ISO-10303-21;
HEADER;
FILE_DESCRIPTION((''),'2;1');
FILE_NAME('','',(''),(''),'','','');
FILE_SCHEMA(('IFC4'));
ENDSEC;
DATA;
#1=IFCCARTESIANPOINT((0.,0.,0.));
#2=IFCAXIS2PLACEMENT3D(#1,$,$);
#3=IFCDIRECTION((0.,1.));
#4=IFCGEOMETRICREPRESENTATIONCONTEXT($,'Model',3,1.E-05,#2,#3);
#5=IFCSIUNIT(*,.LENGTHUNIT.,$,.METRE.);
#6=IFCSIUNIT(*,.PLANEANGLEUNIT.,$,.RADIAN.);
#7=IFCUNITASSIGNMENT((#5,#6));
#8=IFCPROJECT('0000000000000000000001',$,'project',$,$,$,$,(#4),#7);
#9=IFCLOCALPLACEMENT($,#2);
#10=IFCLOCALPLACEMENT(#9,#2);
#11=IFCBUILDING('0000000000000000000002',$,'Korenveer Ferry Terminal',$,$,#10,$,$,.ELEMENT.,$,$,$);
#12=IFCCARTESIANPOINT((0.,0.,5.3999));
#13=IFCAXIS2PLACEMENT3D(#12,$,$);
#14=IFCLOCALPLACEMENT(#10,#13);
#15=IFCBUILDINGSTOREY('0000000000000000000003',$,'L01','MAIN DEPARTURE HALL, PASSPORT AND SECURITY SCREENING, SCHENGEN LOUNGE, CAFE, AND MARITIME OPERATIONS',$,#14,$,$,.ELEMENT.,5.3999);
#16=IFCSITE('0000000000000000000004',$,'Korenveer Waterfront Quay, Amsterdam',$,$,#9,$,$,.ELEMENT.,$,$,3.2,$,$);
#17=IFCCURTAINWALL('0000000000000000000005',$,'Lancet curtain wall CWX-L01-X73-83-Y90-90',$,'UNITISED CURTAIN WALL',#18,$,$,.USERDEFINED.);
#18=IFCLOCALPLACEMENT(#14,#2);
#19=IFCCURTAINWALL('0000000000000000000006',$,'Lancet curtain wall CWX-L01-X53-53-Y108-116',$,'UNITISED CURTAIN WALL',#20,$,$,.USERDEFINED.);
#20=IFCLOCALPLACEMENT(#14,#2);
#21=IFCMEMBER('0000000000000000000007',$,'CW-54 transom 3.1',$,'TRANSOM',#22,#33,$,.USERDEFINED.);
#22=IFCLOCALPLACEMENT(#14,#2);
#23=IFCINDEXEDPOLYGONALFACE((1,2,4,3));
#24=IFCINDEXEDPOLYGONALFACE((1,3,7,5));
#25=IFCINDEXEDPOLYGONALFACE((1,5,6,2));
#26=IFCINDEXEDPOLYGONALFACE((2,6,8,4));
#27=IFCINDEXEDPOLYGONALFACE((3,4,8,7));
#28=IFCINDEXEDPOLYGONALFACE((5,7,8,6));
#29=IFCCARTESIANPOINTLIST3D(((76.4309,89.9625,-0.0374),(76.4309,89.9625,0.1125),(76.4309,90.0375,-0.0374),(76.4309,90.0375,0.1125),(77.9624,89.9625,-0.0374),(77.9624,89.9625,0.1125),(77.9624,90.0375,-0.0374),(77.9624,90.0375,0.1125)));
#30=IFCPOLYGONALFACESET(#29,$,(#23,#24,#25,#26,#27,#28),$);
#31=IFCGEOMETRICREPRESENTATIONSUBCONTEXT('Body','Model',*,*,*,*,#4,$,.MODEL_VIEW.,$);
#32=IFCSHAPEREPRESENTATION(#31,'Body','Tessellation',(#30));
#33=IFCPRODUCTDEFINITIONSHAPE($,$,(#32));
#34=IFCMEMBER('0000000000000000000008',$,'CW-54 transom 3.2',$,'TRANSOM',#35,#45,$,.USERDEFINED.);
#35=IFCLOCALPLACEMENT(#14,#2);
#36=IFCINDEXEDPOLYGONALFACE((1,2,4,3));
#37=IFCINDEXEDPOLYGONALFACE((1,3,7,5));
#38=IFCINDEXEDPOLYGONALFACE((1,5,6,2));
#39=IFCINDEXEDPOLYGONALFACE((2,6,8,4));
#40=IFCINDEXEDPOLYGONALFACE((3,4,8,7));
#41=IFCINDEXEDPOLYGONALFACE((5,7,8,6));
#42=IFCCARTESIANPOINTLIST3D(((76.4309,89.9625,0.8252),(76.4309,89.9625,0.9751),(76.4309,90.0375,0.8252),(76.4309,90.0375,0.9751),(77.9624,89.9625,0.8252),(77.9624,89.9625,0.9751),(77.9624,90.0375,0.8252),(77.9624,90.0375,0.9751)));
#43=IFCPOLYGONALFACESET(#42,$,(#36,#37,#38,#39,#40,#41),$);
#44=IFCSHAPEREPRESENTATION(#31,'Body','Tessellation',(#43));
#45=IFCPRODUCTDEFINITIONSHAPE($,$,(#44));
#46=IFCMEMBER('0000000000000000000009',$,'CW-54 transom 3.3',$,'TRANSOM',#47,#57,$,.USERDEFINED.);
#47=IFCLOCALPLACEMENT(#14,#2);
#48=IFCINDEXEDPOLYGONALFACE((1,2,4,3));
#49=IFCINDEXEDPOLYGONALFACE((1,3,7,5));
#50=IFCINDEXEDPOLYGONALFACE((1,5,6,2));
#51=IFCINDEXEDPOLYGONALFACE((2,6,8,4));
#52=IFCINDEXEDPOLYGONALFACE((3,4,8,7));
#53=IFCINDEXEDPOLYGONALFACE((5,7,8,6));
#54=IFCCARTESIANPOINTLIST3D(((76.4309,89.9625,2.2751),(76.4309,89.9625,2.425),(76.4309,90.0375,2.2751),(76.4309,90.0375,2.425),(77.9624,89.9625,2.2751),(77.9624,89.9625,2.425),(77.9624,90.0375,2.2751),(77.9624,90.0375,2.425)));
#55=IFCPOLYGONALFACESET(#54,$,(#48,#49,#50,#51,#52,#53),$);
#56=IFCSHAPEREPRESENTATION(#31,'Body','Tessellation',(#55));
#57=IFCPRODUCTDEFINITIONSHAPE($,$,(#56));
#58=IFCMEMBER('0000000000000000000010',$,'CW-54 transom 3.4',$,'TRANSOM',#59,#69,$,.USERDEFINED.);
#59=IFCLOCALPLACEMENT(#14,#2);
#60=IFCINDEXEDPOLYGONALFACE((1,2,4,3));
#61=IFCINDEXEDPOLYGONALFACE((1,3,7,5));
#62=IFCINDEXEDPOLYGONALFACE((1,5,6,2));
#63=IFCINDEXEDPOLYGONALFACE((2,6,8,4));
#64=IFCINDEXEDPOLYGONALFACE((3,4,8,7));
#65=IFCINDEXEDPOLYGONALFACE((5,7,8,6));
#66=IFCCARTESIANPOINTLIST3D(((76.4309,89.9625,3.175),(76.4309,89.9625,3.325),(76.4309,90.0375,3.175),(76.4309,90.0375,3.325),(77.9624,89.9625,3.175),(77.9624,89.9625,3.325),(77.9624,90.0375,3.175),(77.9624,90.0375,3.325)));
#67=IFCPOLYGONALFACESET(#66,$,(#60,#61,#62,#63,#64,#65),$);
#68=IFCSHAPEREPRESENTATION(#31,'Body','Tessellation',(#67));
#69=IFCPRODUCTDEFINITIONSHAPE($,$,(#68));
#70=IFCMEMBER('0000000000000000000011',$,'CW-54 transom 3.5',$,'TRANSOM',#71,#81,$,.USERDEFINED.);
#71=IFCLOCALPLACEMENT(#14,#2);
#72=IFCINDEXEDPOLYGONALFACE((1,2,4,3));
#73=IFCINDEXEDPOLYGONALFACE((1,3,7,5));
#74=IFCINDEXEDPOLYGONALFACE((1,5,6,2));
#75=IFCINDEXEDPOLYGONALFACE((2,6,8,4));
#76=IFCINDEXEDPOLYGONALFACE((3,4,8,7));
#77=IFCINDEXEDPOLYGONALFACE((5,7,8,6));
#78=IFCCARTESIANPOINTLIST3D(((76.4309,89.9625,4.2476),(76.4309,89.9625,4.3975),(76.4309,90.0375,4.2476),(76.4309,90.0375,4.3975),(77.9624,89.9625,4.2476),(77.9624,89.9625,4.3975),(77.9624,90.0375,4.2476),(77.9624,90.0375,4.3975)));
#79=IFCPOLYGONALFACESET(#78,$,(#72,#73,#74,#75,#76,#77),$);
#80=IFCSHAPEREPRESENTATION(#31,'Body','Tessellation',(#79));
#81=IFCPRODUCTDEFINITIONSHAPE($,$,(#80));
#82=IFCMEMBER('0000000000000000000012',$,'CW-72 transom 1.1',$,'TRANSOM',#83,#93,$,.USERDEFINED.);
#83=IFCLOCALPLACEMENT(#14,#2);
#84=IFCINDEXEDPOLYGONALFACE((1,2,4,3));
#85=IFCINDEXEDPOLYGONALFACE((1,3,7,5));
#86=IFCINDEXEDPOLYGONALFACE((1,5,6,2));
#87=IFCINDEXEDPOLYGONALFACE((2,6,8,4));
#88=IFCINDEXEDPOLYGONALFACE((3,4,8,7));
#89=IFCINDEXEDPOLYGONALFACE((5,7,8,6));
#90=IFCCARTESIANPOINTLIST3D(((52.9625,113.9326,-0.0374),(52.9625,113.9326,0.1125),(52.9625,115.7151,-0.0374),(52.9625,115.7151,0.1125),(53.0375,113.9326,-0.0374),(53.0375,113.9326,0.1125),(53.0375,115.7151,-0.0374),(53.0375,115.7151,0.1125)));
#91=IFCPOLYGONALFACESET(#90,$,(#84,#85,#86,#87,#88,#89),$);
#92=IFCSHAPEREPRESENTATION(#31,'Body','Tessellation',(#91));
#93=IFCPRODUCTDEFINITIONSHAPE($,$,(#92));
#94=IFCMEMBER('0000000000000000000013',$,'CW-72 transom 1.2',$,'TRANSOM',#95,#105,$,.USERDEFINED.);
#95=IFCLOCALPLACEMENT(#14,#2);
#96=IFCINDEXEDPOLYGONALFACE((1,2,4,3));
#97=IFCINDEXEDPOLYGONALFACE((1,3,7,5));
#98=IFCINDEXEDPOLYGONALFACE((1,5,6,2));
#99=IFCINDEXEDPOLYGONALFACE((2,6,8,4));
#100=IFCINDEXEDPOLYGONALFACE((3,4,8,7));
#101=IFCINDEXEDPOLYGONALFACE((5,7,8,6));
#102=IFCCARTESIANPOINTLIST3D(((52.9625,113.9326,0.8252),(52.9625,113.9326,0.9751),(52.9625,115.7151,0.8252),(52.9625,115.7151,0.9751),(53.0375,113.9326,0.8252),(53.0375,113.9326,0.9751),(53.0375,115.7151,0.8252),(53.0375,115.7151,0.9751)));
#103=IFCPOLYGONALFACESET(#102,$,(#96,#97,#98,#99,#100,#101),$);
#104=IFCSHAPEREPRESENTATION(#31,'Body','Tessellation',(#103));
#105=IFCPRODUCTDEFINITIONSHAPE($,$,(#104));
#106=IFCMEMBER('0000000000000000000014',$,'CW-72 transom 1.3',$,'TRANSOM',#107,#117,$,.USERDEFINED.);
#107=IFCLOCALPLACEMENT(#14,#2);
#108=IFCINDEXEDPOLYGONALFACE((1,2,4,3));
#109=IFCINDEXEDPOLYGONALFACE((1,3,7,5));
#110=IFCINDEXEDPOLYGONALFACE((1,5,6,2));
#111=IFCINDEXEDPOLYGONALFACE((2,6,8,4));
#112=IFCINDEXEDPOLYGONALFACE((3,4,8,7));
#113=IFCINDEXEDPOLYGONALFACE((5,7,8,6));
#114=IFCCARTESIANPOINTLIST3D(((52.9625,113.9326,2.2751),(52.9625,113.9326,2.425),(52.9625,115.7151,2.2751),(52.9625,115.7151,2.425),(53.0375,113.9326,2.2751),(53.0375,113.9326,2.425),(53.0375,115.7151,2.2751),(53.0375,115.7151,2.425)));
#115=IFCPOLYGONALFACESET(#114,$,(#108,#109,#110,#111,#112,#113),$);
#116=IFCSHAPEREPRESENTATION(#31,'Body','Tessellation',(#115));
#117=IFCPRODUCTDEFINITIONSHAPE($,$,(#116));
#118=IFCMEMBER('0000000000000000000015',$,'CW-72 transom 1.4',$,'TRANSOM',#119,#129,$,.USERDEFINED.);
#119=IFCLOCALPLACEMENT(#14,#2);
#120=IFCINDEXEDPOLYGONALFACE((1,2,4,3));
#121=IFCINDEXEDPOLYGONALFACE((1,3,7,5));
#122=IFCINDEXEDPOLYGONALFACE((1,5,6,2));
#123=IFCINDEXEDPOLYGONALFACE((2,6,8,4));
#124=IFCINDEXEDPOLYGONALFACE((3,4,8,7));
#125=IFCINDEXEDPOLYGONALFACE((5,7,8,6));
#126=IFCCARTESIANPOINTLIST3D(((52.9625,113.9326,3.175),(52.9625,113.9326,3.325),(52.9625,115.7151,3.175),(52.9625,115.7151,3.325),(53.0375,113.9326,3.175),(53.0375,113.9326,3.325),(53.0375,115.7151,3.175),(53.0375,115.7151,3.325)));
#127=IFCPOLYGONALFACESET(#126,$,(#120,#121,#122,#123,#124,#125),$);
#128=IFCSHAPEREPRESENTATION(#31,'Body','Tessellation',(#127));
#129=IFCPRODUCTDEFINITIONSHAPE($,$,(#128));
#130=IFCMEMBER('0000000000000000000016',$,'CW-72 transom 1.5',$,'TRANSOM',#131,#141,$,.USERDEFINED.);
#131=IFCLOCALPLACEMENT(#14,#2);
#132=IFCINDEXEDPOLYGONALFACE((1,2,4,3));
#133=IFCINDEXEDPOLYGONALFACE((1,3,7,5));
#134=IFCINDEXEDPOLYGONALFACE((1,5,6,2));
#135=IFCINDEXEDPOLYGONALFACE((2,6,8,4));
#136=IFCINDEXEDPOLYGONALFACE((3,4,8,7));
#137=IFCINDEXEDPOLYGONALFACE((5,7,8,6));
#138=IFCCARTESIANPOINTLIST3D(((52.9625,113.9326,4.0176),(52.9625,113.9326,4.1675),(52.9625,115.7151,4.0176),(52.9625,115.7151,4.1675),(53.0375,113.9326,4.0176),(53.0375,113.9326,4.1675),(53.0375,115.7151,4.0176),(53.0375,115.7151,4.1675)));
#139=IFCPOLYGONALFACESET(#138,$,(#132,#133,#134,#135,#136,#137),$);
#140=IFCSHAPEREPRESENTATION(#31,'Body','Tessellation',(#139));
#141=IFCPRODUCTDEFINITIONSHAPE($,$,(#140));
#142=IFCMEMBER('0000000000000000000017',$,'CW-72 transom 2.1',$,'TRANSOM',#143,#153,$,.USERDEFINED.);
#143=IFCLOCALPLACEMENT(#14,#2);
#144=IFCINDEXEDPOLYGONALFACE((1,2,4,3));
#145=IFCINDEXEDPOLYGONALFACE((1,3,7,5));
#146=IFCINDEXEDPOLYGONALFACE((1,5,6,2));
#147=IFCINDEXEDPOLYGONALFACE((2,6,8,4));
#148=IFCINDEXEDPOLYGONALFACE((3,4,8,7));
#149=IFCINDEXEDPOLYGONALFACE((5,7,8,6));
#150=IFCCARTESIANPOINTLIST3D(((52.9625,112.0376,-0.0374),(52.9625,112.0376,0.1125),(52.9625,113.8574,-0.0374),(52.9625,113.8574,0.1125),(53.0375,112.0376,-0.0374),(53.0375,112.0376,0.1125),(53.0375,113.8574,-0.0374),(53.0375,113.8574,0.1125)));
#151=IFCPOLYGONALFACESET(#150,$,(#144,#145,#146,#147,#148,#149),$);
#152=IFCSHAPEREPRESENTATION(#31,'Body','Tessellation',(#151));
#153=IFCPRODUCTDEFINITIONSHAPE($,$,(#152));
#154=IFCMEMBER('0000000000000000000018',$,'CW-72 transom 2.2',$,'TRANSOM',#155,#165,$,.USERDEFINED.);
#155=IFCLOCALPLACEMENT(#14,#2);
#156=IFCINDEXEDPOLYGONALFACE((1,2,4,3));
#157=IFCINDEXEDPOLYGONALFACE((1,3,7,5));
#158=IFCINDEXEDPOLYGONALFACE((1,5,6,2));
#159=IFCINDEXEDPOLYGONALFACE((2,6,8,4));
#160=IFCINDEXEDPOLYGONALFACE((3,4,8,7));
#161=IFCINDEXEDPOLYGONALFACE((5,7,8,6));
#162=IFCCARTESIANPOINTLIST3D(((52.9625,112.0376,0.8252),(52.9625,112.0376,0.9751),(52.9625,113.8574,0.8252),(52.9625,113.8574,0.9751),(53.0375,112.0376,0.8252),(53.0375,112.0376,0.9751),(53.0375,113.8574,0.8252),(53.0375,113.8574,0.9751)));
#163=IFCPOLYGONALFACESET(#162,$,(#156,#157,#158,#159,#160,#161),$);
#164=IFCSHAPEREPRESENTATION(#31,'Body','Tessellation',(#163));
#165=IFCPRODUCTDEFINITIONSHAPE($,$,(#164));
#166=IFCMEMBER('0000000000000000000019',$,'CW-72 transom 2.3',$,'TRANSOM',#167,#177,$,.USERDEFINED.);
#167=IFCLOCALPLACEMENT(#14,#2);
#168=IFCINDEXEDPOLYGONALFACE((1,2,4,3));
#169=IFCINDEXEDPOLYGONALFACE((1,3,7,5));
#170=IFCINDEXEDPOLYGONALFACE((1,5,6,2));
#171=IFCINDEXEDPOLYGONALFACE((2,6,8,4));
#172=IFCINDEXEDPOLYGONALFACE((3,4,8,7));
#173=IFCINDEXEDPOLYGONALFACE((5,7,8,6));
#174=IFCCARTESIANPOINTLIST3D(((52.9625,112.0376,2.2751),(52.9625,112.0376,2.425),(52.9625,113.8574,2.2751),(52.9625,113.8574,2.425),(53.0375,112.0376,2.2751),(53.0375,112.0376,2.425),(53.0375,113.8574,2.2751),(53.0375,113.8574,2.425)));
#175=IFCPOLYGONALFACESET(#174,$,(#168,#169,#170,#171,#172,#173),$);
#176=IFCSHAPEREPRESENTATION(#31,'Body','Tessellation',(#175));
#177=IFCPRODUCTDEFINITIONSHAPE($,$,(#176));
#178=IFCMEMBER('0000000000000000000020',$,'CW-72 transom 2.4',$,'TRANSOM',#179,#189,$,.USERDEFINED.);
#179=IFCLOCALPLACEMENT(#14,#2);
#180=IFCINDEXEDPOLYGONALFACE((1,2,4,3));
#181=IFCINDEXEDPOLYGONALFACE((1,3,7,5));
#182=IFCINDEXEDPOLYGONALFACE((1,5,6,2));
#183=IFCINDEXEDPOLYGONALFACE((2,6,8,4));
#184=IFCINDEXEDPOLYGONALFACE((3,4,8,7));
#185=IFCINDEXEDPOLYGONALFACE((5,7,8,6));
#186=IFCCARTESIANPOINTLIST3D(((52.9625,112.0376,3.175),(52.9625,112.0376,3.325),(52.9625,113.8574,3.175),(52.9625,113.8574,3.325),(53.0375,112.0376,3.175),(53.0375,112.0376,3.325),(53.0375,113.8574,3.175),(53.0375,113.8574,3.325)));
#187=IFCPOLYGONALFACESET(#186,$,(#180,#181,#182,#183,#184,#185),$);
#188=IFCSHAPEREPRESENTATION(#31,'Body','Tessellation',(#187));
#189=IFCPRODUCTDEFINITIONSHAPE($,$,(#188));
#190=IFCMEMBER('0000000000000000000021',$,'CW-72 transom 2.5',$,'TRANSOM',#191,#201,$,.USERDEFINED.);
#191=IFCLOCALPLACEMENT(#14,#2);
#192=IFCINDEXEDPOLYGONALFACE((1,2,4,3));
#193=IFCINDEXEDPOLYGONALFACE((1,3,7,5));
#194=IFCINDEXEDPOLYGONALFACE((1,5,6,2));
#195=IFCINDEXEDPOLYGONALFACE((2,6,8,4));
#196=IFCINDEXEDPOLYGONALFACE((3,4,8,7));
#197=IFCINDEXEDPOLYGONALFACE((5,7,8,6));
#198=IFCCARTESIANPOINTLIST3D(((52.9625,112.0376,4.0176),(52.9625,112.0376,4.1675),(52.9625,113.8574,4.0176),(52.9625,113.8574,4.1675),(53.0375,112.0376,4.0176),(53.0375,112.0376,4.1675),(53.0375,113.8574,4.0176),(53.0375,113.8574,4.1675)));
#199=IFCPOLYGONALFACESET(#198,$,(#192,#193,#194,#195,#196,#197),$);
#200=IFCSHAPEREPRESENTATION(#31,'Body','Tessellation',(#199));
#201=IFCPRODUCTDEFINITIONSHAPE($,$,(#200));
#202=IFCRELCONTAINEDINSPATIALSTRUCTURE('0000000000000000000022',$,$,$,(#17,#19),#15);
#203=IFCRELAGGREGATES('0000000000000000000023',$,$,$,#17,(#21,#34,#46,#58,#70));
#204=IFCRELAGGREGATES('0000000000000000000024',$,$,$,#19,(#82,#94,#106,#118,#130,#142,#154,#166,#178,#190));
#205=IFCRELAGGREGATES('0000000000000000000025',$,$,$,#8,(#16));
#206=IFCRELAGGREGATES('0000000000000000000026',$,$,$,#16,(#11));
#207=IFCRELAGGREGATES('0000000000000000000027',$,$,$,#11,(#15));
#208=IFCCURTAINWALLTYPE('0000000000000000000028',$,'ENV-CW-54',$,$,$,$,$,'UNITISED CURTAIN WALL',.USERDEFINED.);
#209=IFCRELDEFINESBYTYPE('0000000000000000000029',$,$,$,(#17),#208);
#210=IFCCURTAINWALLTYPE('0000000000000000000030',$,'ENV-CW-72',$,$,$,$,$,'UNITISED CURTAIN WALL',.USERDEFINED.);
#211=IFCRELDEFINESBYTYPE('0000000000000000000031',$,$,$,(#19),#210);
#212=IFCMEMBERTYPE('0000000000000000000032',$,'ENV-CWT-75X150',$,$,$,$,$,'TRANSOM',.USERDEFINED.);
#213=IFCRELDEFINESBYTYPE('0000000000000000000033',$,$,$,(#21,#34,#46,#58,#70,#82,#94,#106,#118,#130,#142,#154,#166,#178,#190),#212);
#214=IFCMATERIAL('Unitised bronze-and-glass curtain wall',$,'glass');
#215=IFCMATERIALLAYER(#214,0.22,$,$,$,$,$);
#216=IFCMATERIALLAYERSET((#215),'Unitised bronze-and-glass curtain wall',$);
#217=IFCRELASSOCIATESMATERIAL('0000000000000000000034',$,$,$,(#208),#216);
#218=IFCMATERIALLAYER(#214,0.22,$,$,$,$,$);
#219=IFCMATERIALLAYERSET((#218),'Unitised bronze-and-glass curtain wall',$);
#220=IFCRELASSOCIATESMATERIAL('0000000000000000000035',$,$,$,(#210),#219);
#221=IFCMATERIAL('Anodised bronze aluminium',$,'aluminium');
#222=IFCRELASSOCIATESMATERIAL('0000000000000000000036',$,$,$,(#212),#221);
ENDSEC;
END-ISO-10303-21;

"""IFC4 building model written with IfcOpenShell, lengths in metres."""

from ifc_helpers import new_model, si_unit, direction, frame, origin, origin_2d, place, context, subcontext, project, spatial, rectangle, extrude, material, layer, layer_set, material_profile, profile_set, type_object, element, aggregate, save


model = new_model("IFC4")

# Units and contexts
model_context = context("Model", 3, precision=1e-05, world=origin(), true_north=direction((0.0, 1.0)))
body_context = subcontext(model_context, "Body", "Model", "MODEL_VIEW")
ifc_project = project(units=[si_unit("LENGTHUNIT", "METRE"), si_unit("PLANEANGLEUNIT", "RADIAN")], contexts=[model_context])

# Site, building, storey
site_placement = place(None, origin())
site = spatial("IfcSite", under=ifc_project, at=site_placement, Name="Korenveer Waterfront Quay, Amsterdam", CompositionType="ELEMENT", RefElevation=3.2)
building_placement = place(site_placement, origin())
building = spatial("IfcBuilding", under=site, at=building_placement, Name="Korenveer Ferry Terminal", CompositionType="ELEMENT")
storey_placement = place(building_placement, frame((0.0, 0.0, 5.3999)))
storey = spatial("IfcBuildingStorey", under=building, at=storey_placement, Name="L01", Description="MAIN DEPARTURE HALL, PASSPORT AND SECURITY SCREENING, SCHENGEN LOUNGE, CAFE, AND MARITIME OPERATIONS", CompositionType="ELEMENT", Elevation=5.3999)

# Curtain wall
ifc_material_1 = material(Name="Unitised bronze-and-glass curtain wall", Category="glass")
ifc_layer_1 = layer(ifc_material_1, 0.22)
ifc_layer_set_1 = layer_set([ifc_layer_1], Name="Unitised bronze-and-glass curtain wall")
curtain_wall_type_1 = type_object("IfcCurtainWallType", Name="ENV-CW-54", ElementType="UNITISED CURTAIN WALL", PredefinedType="USERDEFINED", material=ifc_layer_set_1)
curtain_wall_1_placement = place(storey_placement, frame((73.1799, 90.0, 0.0)))
curtain_wall_1 = element("IfcCurtainWall", 1, at=curtain_wall_1_placement, inside=storey, type_object=curtain_wall_type_1, Name="Lancet curtain wall CWX-L01-X73-83-Y90-90", ObjectType="UNITISED CURTAIN WALL", PredefinedType="USERDEFINED")
ifc_material_2 = material(Name="Anodised bronze aluminium", Category="aluminium")

# Curtain wall
ifc_layer_2 = layer(ifc_material_1, 0.22)
ifc_layer_set_2 = layer_set([ifc_layer_2], Name="Unitised bronze-and-glass curtain wall")
curtain_wall_type_2 = type_object("IfcCurtainWallType", Name="ENV-CW-72", ElementType="UNITISED CURTAIN WALL", PredefinedType="USERDEFINED", material=ifc_layer_set_2)
curtain_wall_2_placement = place(storey_placement, frame((53.0, 115.79, 0.0)))
curtain_wall_2 = element("IfcCurtainWall", 2, at=curtain_wall_2_placement, inside=storey, type_object=curtain_wall_type_2, Name="Lancet curtain wall CWX-L01-X53-53-Y108-116", ObjectType="UNITISED CURTAIN WALL", PredefinedType="USERDEFINED")

# Members
ifc_material_profile_1 = material_profile(ifc_material_2, rectangle(XDim=0.075, YDim=0.1499, at=origin_2d()), Name="ALU 75x150")
ifc_profile_set_1 = profile_set([ifc_material_profile_1], Name="Anodised bronze aluminium")
member_type_1 = type_object("IfcMemberType", Name="ENV-CWT-75X150", ElementType="TRANSOM", PredefinedType="USERDEFINED", material=ifc_profile_set_1)
member_1_placement = place(storey_placement, frame((76.4309, 90.0, 0.0376), z_axis=(1.0, 0.0, 0.0), x_axis=(0.0, 1.0, 0.0)))
member_1 = element("IfcMember", 3, at=member_1_placement, type_object=member_type_1, Name="CW-54 transom 3.1", ObjectType="TRANSOM", PredefinedType="USERDEFINED", context=body_context, shape_type="SweptSolid", body=[
    extrude(rectangle(XDim=0.075, YDim=0.1499, at=origin_2d()), origin(), (0.0, 0.0, 1.0), 1.5315),
])
member_2_placement = place(storey_placement, frame((76.4309, 90.0, 0.9001), z_axis=(1.0, 0.0, 0.0), x_axis=(0.0, 1.0, 0.0)))
member_2 = element("IfcMember", 4, at=member_2_placement, type_object=member_type_1, Name="CW-54 transom 3.2", ObjectType="TRANSOM", PredefinedType="USERDEFINED", context=body_context, shape_type="SweptSolid", body=[
    extrude(rectangle(XDim=0.075, YDim=0.1499, at=origin_2d()), origin(), (0.0, 0.0, 1.0), 1.5315),
])
member_3_placement = place(storey_placement, frame((76.4309, 90.0, 2.3501), z_axis=(1.0, 0.0, 0.0), x_axis=(0.0, 1.0, 0.0)))
member_3 = element("IfcMember", 5, at=member_3_placement, type_object=member_type_1, Name="CW-54 transom 3.3", ObjectType="TRANSOM", PredefinedType="USERDEFINED", context=body_context, shape_type="SweptSolid", body=[
    extrude(rectangle(XDim=0.075, YDim=0.1499, at=origin_2d()), origin(), (0.0, 0.0, 1.0), 1.5315),
])
member_4_placement = place(storey_placement, frame((76.4309, 90.0, 3.25), z_axis=(1.0, 0.0, 0.0), x_axis=(0.0, 1.0, 0.0)))
member_4 = element("IfcMember", 6, at=member_4_placement, type_object=member_type_1, Name="CW-54 transom 3.4", ObjectType="TRANSOM", PredefinedType="USERDEFINED", context=body_context, shape_type="SweptSolid", body=[
    extrude(rectangle(XDim=0.075, YDim=0.1499, at=origin_2d()), origin(), (0.0, 0.0, 1.0), 1.5315),
])
member_5_placement = place(storey_placement, frame((76.4309, 90.0, 4.3225), z_axis=(1.0, 0.0, 0.0), x_axis=(0.0, 1.0, 0.0)))
member_5 = element("IfcMember", 7, at=member_5_placement, type_object=member_type_1, Name="CW-54 transom 3.5", ObjectType="TRANSOM", PredefinedType="USERDEFINED", context=body_context, shape_type="SweptSolid", body=[
    extrude(rectangle(XDim=0.075, YDim=0.1499, at=origin_2d()), origin(), (0.0, 0.0, 1.0), 1.5315),
])
member_6_placement = place(storey_placement, frame((53.0, 115.7151, 0.0376), z_axis=(0.0, -1.0, 0.0), x_axis=(1.0, 0.0, 0.0)))
member_6 = element("IfcMember", 8, at=member_6_placement, type_object=member_type_1, Name="CW-72 transom 1.1", ObjectType="TRANSOM", PredefinedType="USERDEFINED", context=body_context, shape_type="SweptSolid", body=[
    extrude(rectangle(XDim=0.075, YDim=0.1499, at=origin_2d()), origin(), (0.0, 0.0, 1.0), 1.7825),
])
member_7_placement = place(storey_placement, frame((53.0, 115.7151, 0.9001), z_axis=(0.0, -1.0, 0.0), x_axis=(1.0, 0.0, 0.0)))
member_7 = element("IfcMember", 9, at=member_7_placement, type_object=member_type_1, Name="CW-72 transom 1.2", ObjectType="TRANSOM", PredefinedType="USERDEFINED", context=body_context, shape_type="SweptSolid", body=[
    extrude(rectangle(XDim=0.075, YDim=0.1499, at=origin_2d()), origin(), (0.0, 0.0, 1.0), 1.7825),
])
member_8_placement = place(storey_placement, frame((53.0, 115.7151, 2.3501), z_axis=(0.0, -1.0, 0.0), x_axis=(1.0, 0.0, 0.0)))
member_8 = element("IfcMember", 10, at=member_8_placement, type_object=member_type_1, Name="CW-72 transom 1.3", ObjectType="TRANSOM", PredefinedType="USERDEFINED", context=body_context, shape_type="SweptSolid", body=[
    extrude(rectangle(XDim=0.075, YDim=0.1499, at=origin_2d()), origin(), (0.0, 0.0, 1.0), 1.7825),
])
member_9_placement = place(storey_placement, frame((53.0, 115.7151, 3.25), z_axis=(0.0, -1.0, 0.0), x_axis=(1.0, 0.0, 0.0)))
member_9 = element("IfcMember", 11, at=member_9_placement, type_object=member_type_1, Name="CW-72 transom 1.4", ObjectType="TRANSOM", PredefinedType="USERDEFINED", context=body_context, shape_type="SweptSolid", body=[
    extrude(rectangle(XDim=0.075, YDim=0.1499, at=origin_2d()), origin(), (0.0, 0.0, 1.0), 1.7825),
])
member_10_placement = place(storey_placement, frame((53.0, 115.7151, 4.0925), z_axis=(0.0, -1.0, 0.0), x_axis=(1.0, 0.0, 0.0)))
member_10 = element("IfcMember", 12, at=member_10_placement, type_object=member_type_1, Name="CW-72 transom 1.5", ObjectType="TRANSOM", PredefinedType="USERDEFINED", context=body_context, shape_type="SweptSolid", body=[
    extrude(rectangle(XDim=0.075, YDim=0.1499, at=origin_2d()), origin(), (0.0, 0.0, 1.0), 1.7825),
])
member_11_placement = place(storey_placement, frame((53.0, 113.8574, 0.0376), z_axis=(0.0, -1.0, 0.0), x_axis=(1.0, 0.0, 0.0)))
member_11 = element("IfcMember", 13, at=member_11_placement, type_object=member_type_1, Name="CW-72 transom 2.1", ObjectType="TRANSOM", PredefinedType="USERDEFINED", context=body_context, shape_type="SweptSolid", body=[
    extrude(rectangle(XDim=0.075, YDim=0.1499, at=origin_2d()), origin(), (0.0, 0.0, 1.0), 1.8198),
])
member_12_placement = place(storey_placement, frame((53.0, 113.8574, 0.9001), z_axis=(0.0, -1.0, 0.0), x_axis=(1.0, 0.0, 0.0)))
member_12 = element("IfcMember", 14, at=member_12_placement, type_object=member_type_1, Name="CW-72 transom 2.2", ObjectType="TRANSOM", PredefinedType="USERDEFINED", context=body_context, shape_type="SweptSolid", body=[
    extrude(rectangle(XDim=0.075, YDim=0.1499, at=origin_2d()), origin(), (0.0, 0.0, 1.0), 1.8198),
])
member_13_placement = place(storey_placement, frame((53.0, 113.8574, 2.3501), z_axis=(0.0, -1.0, 0.0), x_axis=(1.0, 0.0, 0.0)))
member_13 = element("IfcMember", 15, at=member_13_placement, type_object=member_type_1, Name="CW-72 transom 2.3", ObjectType="TRANSOM", PredefinedType="USERDEFINED", context=body_context, shape_type="SweptSolid", body=[
    extrude(rectangle(XDim=0.075, YDim=0.1499, at=origin_2d()), origin(), (0.0, 0.0, 1.0), 1.8198),
])
member_14_placement = place(storey_placement, frame((53.0, 113.8574, 3.25), z_axis=(0.0, -1.0, 0.0), x_axis=(1.0, 0.0, 0.0)))
member_14 = element("IfcMember", 16, at=member_14_placement, type_object=member_type_1, Name="CW-72 transom 2.4", ObjectType="TRANSOM", PredefinedType="USERDEFINED", context=body_context, shape_type="SweptSolid", body=[
    extrude(rectangle(XDim=0.075, YDim=0.1499, at=origin_2d()), origin(), (0.0, 0.0, 1.0), 1.8198),
])
member_15_placement = place(storey_placement, frame((53.0, 113.8574, 4.0925), z_axis=(0.0, -1.0, 0.0), x_axis=(1.0, 0.0, 0.0)))
member_15 = element("IfcMember", 17, at=member_15_placement, type_object=member_type_1, Name="CW-72 transom 2.5", ObjectType="TRANSOM", PredefinedType="USERDEFINED", context=body_context, shape_type="SweptSolid", body=[
    extrude(rectangle(XDim=0.075, YDim=0.1499, at=origin_2d()), origin(), (0.0, 0.0, 1.0), 1.8198),
])

aggregate(curtain_wall_1, [member_1, member_2, member_3, member_4, member_5])
aggregate(curtain_wall_2, [member_6, member_7, member_8, member_9, member_10, member_11, member_12, member_13, member_14, member_15])

save(model, "model.ifc")
